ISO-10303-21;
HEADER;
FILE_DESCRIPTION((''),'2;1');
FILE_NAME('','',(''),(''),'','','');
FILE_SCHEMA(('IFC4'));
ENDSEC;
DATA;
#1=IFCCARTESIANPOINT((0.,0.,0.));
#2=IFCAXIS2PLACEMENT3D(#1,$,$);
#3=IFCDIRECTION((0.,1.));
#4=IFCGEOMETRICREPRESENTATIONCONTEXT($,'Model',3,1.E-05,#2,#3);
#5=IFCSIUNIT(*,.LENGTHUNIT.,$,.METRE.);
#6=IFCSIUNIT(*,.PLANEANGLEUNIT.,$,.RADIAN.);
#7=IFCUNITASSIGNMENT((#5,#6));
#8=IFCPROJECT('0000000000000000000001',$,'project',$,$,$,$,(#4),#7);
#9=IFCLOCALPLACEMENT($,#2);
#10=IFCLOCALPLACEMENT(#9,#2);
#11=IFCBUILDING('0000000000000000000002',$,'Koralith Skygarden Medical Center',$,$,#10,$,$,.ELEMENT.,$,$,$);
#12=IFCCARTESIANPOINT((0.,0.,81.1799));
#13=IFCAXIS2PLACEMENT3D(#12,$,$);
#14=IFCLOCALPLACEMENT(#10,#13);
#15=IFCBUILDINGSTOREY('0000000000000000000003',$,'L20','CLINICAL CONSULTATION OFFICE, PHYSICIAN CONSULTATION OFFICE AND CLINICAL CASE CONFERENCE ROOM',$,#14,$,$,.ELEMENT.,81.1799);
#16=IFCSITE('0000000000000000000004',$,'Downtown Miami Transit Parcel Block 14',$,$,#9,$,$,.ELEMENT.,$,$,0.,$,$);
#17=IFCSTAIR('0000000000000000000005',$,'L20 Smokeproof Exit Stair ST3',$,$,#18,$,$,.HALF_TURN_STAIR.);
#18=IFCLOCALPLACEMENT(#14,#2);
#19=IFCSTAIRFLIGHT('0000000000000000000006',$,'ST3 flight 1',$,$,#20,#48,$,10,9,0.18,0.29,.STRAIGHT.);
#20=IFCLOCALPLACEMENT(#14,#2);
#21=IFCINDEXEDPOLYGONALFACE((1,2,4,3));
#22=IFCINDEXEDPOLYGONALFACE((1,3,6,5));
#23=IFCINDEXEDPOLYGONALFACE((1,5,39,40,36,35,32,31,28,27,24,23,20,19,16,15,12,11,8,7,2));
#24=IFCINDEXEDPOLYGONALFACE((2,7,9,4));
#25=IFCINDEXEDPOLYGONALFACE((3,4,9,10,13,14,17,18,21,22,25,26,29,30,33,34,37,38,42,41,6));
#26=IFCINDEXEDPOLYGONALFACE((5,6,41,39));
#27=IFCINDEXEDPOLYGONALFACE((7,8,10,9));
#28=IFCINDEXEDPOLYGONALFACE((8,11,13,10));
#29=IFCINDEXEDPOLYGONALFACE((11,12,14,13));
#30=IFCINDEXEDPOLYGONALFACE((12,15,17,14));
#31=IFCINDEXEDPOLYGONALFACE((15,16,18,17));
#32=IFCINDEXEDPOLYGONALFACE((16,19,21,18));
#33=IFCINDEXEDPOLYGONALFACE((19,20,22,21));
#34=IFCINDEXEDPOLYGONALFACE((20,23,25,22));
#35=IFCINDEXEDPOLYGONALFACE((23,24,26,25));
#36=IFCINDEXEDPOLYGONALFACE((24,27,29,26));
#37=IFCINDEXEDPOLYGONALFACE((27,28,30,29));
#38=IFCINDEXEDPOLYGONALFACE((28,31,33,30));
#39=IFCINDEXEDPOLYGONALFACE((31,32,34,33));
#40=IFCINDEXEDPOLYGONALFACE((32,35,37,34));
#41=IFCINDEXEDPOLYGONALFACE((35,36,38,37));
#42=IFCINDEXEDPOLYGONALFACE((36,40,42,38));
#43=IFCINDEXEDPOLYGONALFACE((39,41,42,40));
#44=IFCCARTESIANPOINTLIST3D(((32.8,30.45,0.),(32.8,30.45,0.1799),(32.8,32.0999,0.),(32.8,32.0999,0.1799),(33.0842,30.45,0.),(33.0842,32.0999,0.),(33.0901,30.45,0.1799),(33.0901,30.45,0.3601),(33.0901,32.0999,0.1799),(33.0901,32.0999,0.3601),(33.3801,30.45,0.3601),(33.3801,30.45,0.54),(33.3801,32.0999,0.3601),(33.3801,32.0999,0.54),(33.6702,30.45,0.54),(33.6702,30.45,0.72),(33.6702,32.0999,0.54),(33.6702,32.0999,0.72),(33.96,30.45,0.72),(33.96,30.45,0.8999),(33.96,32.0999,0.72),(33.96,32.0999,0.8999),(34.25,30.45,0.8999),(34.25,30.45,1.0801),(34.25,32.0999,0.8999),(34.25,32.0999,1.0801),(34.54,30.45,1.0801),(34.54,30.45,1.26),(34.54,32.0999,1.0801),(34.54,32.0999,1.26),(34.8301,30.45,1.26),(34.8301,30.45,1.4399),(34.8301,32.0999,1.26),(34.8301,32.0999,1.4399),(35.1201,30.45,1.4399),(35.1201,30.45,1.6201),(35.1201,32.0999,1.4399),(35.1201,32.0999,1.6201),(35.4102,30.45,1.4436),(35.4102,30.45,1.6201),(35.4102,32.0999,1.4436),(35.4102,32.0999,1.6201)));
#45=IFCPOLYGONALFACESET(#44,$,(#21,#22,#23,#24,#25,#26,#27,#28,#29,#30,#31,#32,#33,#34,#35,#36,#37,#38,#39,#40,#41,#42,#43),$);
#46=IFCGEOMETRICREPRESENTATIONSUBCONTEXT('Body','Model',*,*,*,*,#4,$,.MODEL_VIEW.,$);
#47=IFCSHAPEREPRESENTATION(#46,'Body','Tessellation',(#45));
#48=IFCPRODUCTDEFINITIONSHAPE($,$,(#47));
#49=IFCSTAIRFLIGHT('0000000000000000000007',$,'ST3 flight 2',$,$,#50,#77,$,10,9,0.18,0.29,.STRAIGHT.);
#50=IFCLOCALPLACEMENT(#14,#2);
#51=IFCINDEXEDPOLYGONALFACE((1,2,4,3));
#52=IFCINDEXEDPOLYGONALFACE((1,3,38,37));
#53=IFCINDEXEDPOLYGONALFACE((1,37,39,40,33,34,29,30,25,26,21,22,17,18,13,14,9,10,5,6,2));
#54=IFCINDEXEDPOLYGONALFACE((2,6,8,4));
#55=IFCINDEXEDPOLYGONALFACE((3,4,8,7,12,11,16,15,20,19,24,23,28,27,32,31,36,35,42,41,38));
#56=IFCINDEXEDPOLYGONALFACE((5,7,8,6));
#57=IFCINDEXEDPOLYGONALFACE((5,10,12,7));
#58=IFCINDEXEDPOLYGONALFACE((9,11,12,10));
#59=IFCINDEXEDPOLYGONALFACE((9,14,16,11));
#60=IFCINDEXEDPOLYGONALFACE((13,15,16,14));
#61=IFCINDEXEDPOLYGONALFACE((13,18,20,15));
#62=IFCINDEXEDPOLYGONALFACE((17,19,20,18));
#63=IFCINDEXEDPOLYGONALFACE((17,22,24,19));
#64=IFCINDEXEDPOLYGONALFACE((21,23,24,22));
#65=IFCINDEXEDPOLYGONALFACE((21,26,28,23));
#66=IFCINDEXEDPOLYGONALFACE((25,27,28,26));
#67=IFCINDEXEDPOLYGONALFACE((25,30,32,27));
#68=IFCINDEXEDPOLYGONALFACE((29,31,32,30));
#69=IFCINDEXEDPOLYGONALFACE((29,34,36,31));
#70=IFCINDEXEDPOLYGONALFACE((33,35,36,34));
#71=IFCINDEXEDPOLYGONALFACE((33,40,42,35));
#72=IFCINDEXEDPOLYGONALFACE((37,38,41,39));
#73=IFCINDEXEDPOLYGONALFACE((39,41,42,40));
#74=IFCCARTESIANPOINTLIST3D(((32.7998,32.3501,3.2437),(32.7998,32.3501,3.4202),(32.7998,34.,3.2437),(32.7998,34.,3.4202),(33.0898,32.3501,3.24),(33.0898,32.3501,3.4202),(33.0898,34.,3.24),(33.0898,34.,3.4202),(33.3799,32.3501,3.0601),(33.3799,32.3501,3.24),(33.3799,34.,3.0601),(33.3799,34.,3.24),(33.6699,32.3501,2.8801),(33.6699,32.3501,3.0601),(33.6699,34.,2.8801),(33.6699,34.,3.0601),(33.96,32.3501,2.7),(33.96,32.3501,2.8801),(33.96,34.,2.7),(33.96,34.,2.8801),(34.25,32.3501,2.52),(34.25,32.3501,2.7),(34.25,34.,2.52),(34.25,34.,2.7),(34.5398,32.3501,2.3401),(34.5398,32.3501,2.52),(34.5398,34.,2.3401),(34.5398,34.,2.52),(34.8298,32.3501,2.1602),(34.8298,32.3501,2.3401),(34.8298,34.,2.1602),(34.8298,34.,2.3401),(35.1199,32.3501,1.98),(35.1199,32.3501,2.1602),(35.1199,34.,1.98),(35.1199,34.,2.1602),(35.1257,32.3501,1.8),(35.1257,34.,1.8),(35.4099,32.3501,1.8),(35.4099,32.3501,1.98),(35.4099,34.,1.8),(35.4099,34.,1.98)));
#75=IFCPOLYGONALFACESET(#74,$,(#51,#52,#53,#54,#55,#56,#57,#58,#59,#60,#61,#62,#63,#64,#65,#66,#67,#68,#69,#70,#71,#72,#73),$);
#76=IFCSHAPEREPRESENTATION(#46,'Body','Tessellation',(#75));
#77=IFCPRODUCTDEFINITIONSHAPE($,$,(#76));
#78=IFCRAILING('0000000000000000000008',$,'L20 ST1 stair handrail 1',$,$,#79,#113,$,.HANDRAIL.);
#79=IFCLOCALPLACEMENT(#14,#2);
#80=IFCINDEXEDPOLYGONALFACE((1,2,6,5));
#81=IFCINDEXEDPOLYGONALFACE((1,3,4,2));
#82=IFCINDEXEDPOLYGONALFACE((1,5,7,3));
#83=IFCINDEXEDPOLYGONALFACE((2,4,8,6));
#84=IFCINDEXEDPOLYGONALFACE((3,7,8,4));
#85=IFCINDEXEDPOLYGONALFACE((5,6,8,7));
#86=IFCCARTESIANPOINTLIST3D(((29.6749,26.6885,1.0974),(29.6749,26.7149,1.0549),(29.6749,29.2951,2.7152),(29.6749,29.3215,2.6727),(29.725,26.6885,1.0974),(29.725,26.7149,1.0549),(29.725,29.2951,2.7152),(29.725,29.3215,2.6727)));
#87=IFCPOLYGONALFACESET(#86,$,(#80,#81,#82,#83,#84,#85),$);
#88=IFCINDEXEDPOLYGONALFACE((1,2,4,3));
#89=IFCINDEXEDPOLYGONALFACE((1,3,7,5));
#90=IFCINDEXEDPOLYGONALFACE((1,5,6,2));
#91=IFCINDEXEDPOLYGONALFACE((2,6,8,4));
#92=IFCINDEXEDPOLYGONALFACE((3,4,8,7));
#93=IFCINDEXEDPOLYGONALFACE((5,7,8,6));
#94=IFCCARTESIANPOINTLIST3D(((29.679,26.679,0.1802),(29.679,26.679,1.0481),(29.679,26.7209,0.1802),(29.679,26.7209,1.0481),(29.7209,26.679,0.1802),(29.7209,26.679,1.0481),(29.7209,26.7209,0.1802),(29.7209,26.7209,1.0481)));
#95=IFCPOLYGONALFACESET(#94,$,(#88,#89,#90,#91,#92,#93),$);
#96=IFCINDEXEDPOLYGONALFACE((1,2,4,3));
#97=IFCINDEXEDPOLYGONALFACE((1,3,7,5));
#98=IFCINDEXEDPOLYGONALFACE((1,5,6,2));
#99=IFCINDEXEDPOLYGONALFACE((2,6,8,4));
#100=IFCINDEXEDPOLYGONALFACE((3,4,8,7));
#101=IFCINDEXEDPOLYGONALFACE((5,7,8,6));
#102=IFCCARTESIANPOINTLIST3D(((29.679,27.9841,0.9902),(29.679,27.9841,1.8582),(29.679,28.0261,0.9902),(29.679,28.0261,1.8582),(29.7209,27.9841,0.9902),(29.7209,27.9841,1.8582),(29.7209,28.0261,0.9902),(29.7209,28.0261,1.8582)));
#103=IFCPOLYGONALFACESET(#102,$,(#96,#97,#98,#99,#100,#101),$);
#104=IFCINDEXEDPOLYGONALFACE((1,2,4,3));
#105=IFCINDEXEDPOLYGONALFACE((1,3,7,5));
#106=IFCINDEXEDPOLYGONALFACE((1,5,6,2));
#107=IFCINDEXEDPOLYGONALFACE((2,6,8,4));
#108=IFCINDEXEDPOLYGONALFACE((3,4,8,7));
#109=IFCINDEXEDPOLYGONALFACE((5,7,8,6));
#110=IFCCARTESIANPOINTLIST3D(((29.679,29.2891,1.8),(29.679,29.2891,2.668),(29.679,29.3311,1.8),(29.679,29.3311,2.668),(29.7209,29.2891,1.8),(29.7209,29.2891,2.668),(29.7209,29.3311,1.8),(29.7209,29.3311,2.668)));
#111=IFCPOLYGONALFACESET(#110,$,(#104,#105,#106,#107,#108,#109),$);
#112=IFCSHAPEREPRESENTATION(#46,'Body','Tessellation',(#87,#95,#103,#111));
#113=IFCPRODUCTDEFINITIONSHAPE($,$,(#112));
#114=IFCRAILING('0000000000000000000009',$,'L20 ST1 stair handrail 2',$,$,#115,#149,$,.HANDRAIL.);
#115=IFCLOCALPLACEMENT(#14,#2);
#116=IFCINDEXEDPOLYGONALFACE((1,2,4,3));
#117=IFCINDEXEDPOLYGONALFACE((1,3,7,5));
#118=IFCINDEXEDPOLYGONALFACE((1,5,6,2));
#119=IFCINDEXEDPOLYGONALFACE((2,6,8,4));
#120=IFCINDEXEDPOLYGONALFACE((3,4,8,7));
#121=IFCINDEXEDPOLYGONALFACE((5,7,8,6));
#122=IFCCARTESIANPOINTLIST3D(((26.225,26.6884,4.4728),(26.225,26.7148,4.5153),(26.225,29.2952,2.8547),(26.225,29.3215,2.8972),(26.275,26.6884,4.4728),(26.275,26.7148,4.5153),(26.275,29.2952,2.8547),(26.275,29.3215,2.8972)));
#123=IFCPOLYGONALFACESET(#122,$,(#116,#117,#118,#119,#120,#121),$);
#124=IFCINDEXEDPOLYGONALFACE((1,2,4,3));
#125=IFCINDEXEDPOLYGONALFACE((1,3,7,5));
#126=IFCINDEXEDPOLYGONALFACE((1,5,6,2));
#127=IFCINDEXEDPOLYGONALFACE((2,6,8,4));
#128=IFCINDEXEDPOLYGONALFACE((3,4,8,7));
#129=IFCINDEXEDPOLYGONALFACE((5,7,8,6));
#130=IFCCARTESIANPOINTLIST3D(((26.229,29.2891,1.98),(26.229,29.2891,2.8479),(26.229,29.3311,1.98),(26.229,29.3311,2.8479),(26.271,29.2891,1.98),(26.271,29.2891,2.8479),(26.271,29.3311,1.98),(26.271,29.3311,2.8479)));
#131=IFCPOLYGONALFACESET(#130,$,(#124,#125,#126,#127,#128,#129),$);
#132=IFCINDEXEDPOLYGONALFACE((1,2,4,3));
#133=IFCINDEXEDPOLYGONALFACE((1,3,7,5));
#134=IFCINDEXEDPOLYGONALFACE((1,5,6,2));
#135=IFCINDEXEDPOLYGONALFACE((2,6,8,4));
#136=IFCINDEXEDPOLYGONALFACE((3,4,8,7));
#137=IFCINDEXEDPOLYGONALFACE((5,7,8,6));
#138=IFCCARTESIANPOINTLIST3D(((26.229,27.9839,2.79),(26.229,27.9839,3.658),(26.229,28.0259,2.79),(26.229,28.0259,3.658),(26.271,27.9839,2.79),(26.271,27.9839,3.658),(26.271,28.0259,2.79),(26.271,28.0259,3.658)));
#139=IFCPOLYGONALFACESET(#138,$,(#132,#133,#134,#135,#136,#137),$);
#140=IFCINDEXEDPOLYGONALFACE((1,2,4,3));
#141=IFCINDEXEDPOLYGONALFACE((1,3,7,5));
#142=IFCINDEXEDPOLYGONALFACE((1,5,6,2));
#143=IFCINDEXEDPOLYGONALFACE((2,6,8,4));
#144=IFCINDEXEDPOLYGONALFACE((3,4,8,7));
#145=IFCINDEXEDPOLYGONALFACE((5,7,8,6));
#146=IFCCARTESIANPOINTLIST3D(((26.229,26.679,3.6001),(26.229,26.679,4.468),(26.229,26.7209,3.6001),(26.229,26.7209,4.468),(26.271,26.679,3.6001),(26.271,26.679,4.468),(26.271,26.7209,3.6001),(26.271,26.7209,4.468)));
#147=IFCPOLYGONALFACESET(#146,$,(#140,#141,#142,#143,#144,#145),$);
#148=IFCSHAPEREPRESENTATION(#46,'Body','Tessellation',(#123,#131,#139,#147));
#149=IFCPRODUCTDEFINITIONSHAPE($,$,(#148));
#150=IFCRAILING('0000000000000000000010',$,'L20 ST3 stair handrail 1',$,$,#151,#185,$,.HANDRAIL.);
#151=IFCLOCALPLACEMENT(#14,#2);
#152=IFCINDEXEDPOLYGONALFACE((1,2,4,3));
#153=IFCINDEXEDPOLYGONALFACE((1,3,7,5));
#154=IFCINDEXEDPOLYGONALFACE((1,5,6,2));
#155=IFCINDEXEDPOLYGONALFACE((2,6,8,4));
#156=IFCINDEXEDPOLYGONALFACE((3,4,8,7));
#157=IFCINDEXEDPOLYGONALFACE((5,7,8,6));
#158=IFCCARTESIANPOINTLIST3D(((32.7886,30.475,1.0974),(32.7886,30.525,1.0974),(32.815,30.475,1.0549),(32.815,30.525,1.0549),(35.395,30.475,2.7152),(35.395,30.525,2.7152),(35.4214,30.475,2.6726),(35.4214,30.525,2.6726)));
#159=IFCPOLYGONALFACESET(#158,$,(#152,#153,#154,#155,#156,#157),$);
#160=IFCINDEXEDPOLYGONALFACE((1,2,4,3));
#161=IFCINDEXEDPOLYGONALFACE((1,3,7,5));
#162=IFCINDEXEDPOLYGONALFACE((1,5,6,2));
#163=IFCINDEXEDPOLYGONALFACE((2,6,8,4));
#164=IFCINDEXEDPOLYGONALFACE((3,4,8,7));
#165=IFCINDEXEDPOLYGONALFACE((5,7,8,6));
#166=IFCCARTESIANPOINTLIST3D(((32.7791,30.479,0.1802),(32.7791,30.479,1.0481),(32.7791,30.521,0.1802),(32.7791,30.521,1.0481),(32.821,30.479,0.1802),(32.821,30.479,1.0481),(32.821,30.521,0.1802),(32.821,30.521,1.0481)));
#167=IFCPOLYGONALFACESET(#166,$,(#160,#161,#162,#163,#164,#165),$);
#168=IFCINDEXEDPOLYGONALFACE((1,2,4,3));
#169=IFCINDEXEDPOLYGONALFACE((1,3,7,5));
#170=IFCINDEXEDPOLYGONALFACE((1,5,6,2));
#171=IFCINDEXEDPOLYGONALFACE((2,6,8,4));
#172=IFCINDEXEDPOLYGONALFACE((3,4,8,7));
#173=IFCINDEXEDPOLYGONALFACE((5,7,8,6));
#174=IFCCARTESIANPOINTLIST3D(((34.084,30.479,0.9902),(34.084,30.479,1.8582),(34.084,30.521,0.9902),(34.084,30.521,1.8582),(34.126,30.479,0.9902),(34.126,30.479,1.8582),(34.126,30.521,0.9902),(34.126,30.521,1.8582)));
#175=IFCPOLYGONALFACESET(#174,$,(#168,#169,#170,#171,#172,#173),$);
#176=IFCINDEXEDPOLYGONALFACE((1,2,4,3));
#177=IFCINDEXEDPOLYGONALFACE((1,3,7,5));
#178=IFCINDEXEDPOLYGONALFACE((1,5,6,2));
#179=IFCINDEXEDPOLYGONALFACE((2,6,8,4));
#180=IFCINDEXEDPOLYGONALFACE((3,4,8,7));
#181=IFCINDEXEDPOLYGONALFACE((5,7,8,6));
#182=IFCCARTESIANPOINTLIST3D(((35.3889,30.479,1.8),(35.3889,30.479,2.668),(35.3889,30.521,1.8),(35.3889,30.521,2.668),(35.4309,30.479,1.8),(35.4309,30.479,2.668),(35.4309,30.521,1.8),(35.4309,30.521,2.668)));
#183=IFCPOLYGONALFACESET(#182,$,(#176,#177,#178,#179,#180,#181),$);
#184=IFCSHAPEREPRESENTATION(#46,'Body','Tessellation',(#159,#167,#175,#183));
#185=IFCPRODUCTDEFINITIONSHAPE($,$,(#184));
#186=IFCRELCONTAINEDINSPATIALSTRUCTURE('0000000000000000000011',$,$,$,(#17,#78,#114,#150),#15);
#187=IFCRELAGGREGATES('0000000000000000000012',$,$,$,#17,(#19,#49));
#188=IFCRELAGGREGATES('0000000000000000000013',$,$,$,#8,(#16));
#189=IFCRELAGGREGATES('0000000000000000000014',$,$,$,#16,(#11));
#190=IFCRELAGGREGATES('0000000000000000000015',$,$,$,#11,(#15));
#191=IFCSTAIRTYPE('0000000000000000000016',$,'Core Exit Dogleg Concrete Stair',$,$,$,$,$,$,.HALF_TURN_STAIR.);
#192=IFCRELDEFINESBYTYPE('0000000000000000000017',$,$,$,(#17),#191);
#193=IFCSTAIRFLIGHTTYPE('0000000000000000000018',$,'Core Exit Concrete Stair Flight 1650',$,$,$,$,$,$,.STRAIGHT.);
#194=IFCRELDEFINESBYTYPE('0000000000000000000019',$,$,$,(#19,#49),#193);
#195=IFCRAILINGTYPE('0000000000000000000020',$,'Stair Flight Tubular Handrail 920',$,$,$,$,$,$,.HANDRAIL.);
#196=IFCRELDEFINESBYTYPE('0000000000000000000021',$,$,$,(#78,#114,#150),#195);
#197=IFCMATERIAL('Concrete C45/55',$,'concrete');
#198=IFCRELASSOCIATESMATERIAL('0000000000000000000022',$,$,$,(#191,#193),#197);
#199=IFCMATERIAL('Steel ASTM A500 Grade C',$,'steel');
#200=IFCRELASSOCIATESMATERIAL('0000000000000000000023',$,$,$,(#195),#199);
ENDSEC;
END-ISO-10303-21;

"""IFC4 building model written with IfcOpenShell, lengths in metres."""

from ifc_helpers import new_model, si_unit, direction, frame, origin, origin_2d, place, context, subcontext, project, spatial, polyline, rectangle, outline, extrude, material, type_object, element, aggregate, save


model = new_model("IFC4")

# Units and contexts
model_context = context("Model", 3, precision=1e-05, world=origin(), true_north=direction((0.0, 1.0)))
body_context = subcontext(model_context, "Body", "Model", "MODEL_VIEW")
ifc_project = project(units=[si_unit("LENGTHUNIT", "METRE"), si_unit("PLANEANGLEUNIT", "RADIAN")], contexts=[model_context])

# Site, building, storey
site_placement = place(None, origin())
site = spatial("IfcSite", under=ifc_project, at=site_placement, Name="Downtown Miami Transit Parcel Block 14", CompositionType="ELEMENT", RefElevation=0.0)
building_placement = place(site_placement, origin())
building = spatial("IfcBuilding", under=site, at=building_placement, Name="Koralith Skygarden Medical Center", CompositionType="ELEMENT")
storey_placement = place(building_placement, frame((0.0, 0.0, 81.1799)))
storey = spatial("IfcBuildingStorey", under=building, at=storey_placement, Name="L20", Description="CLINICAL CONSULTATION OFFICE, PHYSICIAN CONSULTATION OFFICE AND CLINICAL CASE CONFERENCE ROOM", CompositionType="ELEMENT", Elevation=81.1799)

# Shared definitions
ifc_material_1 = material(Name="Concrete C45/55", Category="concrete")

# Stair, stair flights
stair_type = type_object("IfcStairType", Name="Core Exit Dogleg Concrete Stair", PredefinedType="HALF_TURN_STAIR", material=ifc_material_1)
stair_flight_type = type_object("IfcStairFlightType", Name="Core Exit Concrete Stair Flight 1650", PredefinedType="STRAIGHT", material=ifc_material_1)
stair_1_placement = place(storey_placement, origin())
stair_1 = element("IfcStair", 1, at=stair_1_placement, inside=storey, type_object=stair_type, Name="L20 Smokeproof Exit Stair ST3", PredefinedType="HALF_TURN_STAIR")
stair_flight_1_placement = place(storey_placement, frame((32.8, 31.2749, 0.0), z_axis=(0.0, 0.0, 1.0), x_axis=(1.0, 0.0, 0.0)))
stair_flight_1 = element("IfcStairFlight", 2, at=stair_flight_1_placement, type_object=stair_flight_type, Name="ST3 flight 1", NumberOfRisers=10, NumberOfTreads=9, PredefinedType="STRAIGHT", RiserHeight=0.18, TreadLength=0.29, context=body_context, shape_type="SweptSolid", body=[
    extrude(outline(polyline([(0.0, 0.0), (0.0, 0.1799), (0.29, 0.1799), (0.29, 0.3601), (0.5801, 0.3601), (0.5801, 0.54), (0.8701, 0.54), (0.8701, 0.72), (1.1599, 0.72), (1.1599, 0.8999), (1.45, 0.8999), (1.45, 1.0801), (1.74, 1.0801), (1.74, 1.26), (2.03, 1.26), (2.03, 1.4399), (2.3201, 1.4399), (2.3201, 1.6201), (2.6101, 1.6201), (2.6101, 1.8), (2.6101, 1.4436), (0.2842, 0.0), (0.0, 0.0)])), frame((0.0, 0.825, 0.0), z_axis=(0.0, -1.0, 0.0), x_axis=(1.0, 0.0, 0.0)), (0.0, 0.0, 1.0), 1.6499),
])
stair_flight_2_placement = place(storey_placement, frame((35.4099, 33.175, 1.8), z_axis=(0.0, 0.0, 1.0), x_axis=(-1.0, 0.0, 0.0)))
stair_flight_2 = element("IfcStairFlight", 3, at=stair_flight_2_placement, type_object=stair_flight_type, Name="ST3 flight 2", NumberOfRisers=10, NumberOfTreads=9, PredefinedType="STRAIGHT", RiserHeight=0.18, TreadLength=0.29, context=body_context, shape_type="SweptSolid", body=[
    extrude(outline(polyline([(0.0, 0.0), (0.0, 0.1799), (0.29, 0.1799), (0.29, 0.3601), (0.5801, 0.3601), (0.5801, 0.54), (0.8701, 0.54), (0.8701, 0.72), (1.1599, 0.72), (1.1599, 0.8999), (1.45, 0.8999), (1.45, 1.0801), (1.74, 1.0801), (1.74, 1.26), (2.03, 1.26), (2.03, 1.4399), (2.3201, 1.4399), (2.3201, 1.6201), (2.6101, 1.6201), (2.6101, 1.8), (2.6101, 1.4436), (0.2842, 0.0), (0.0, 0.0)])), frame((0.0, 0.825, 0.0), z_axis=(0.0, -1.0, 0.0), x_axis=(1.0, 0.0, 0.0)), (0.0, 0.0, 1.0), 1.6499),
])
aggregate(stair_1, [stair_flight_1, stair_flight_2])

# Railings
ifc_material_2 = material(Name="Steel ASTM A500 Grade C", Category="steel")
railing_type_1 = type_object("IfcRailingType", Name="Stair Flight Tubular Handrail 920", PredefinedType="HANDRAIL", material=ifc_material_2)
railing_1_placement = place(storey_placement, frame((29.7, 26.7, 0.1802)))
element("IfcRailing", 4, at=railing_1_placement, inside=storey, type_object=railing_type_1, Name="L20 ST1 stair handrail 1", PredefinedType="HANDRAIL", context=body_context, shape_type="SweptSolid", body=[
    extrude(rectangle(XDim=0.05, YDim=0.05, at=origin_2d()), frame((0.0, 0.0017, 0.896), z_axis=(0.0, 0.849668, 0.527317), x_axis=(-1.0, 0.0, 0.0)), (0.0, 0.0, 1.0), 3.0679),
    extrude(rectangle(XDim=0.042, YDim=0.042, at=origin_2d()), origin(), (0.0, 0.0, 1.0), 0.8679),
    extrude(rectangle(XDim=0.042, YDim=0.042, at=origin_2d()), frame((0.0, 1.3052, 0.8101)), (0.0, 0.0, 1.0), 0.8679),
    extrude(rectangle(XDim=0.042, YDim=0.042, at=origin_2d()), frame((0.0, 2.6101, 1.6199)), (0.0, 0.0, 1.0), 0.8679),
])
railing_2_placement = place(storey_placement, frame((26.25, 29.3101, 1.98)))
element("IfcRailing", 5, at=railing_2_placement, inside=storey, type_object=railing_type_1, Name="L20 ST1 stair handrail 2", PredefinedType="HANDRAIL", context=body_context, shape_type="SweptSolid", body=[
    extrude(rectangle(XDim=0.05, YDim=0.05, at=origin_2d()), frame((0.0, -0.0017, 0.896), z_axis=(0.0, -0.849633, 0.527375), x_axis=(1.0, 0.0, 0.0)), (0.0, 0.0, 1.0), 3.0681),
    extrude(rectangle(XDim=0.042, YDim=0.042, at=origin_2d()), origin(), (0.0, 0.0, 1.0), 0.8679),
    extrude(rectangle(XDim=0.042, YDim=0.042, at=origin_2d()), frame((0.0, -1.3052, 0.8101)), (0.0, 0.0, 1.0), 0.8679),
    extrude(rectangle(XDim=0.042, YDim=0.042, at=origin_2d()), frame((0.0, -2.6101, 1.6201)), (0.0, 0.0, 1.0), 0.8679),
])
railing_3_placement = place(storey_placement, frame((32.8, 30.5, 0.1802)))
element("IfcRailing", 6, at=railing_3_placement, inside=storey, type_object=railing_type_1, Name="L20 ST3 stair handrail 1", PredefinedType="HANDRAIL", context=body_context, shape_type="SweptSolid", body=[
    extrude(rectangle(XDim=0.05, YDim=0.05, at=origin_2d()), frame((0.0017, 0.0, 0.896), z_axis=(0.849646, 0.0, 0.527353), x_axis=(0.0, 1.0, 0.0)), (0.0, 0.0, 1.0), 3.0676),
    extrude(rectangle(XDim=0.042, YDim=0.042, at=origin_2d()), origin(), (0.0, 0.0, 1.0), 0.8679),
    extrude(rectangle(XDim=0.042, YDim=0.042, at=origin_2d()), frame((1.3049, 0.0, 0.8101)), (0.0, 0.0, 1.0), 0.8679),
    extrude(rectangle(XDim=0.042, YDim=0.042, at=origin_2d()), frame((2.6099, 0.0, 1.6199)), (0.0, 0.0, 1.0), 0.8679),
])

save(model, "model.ifc")
